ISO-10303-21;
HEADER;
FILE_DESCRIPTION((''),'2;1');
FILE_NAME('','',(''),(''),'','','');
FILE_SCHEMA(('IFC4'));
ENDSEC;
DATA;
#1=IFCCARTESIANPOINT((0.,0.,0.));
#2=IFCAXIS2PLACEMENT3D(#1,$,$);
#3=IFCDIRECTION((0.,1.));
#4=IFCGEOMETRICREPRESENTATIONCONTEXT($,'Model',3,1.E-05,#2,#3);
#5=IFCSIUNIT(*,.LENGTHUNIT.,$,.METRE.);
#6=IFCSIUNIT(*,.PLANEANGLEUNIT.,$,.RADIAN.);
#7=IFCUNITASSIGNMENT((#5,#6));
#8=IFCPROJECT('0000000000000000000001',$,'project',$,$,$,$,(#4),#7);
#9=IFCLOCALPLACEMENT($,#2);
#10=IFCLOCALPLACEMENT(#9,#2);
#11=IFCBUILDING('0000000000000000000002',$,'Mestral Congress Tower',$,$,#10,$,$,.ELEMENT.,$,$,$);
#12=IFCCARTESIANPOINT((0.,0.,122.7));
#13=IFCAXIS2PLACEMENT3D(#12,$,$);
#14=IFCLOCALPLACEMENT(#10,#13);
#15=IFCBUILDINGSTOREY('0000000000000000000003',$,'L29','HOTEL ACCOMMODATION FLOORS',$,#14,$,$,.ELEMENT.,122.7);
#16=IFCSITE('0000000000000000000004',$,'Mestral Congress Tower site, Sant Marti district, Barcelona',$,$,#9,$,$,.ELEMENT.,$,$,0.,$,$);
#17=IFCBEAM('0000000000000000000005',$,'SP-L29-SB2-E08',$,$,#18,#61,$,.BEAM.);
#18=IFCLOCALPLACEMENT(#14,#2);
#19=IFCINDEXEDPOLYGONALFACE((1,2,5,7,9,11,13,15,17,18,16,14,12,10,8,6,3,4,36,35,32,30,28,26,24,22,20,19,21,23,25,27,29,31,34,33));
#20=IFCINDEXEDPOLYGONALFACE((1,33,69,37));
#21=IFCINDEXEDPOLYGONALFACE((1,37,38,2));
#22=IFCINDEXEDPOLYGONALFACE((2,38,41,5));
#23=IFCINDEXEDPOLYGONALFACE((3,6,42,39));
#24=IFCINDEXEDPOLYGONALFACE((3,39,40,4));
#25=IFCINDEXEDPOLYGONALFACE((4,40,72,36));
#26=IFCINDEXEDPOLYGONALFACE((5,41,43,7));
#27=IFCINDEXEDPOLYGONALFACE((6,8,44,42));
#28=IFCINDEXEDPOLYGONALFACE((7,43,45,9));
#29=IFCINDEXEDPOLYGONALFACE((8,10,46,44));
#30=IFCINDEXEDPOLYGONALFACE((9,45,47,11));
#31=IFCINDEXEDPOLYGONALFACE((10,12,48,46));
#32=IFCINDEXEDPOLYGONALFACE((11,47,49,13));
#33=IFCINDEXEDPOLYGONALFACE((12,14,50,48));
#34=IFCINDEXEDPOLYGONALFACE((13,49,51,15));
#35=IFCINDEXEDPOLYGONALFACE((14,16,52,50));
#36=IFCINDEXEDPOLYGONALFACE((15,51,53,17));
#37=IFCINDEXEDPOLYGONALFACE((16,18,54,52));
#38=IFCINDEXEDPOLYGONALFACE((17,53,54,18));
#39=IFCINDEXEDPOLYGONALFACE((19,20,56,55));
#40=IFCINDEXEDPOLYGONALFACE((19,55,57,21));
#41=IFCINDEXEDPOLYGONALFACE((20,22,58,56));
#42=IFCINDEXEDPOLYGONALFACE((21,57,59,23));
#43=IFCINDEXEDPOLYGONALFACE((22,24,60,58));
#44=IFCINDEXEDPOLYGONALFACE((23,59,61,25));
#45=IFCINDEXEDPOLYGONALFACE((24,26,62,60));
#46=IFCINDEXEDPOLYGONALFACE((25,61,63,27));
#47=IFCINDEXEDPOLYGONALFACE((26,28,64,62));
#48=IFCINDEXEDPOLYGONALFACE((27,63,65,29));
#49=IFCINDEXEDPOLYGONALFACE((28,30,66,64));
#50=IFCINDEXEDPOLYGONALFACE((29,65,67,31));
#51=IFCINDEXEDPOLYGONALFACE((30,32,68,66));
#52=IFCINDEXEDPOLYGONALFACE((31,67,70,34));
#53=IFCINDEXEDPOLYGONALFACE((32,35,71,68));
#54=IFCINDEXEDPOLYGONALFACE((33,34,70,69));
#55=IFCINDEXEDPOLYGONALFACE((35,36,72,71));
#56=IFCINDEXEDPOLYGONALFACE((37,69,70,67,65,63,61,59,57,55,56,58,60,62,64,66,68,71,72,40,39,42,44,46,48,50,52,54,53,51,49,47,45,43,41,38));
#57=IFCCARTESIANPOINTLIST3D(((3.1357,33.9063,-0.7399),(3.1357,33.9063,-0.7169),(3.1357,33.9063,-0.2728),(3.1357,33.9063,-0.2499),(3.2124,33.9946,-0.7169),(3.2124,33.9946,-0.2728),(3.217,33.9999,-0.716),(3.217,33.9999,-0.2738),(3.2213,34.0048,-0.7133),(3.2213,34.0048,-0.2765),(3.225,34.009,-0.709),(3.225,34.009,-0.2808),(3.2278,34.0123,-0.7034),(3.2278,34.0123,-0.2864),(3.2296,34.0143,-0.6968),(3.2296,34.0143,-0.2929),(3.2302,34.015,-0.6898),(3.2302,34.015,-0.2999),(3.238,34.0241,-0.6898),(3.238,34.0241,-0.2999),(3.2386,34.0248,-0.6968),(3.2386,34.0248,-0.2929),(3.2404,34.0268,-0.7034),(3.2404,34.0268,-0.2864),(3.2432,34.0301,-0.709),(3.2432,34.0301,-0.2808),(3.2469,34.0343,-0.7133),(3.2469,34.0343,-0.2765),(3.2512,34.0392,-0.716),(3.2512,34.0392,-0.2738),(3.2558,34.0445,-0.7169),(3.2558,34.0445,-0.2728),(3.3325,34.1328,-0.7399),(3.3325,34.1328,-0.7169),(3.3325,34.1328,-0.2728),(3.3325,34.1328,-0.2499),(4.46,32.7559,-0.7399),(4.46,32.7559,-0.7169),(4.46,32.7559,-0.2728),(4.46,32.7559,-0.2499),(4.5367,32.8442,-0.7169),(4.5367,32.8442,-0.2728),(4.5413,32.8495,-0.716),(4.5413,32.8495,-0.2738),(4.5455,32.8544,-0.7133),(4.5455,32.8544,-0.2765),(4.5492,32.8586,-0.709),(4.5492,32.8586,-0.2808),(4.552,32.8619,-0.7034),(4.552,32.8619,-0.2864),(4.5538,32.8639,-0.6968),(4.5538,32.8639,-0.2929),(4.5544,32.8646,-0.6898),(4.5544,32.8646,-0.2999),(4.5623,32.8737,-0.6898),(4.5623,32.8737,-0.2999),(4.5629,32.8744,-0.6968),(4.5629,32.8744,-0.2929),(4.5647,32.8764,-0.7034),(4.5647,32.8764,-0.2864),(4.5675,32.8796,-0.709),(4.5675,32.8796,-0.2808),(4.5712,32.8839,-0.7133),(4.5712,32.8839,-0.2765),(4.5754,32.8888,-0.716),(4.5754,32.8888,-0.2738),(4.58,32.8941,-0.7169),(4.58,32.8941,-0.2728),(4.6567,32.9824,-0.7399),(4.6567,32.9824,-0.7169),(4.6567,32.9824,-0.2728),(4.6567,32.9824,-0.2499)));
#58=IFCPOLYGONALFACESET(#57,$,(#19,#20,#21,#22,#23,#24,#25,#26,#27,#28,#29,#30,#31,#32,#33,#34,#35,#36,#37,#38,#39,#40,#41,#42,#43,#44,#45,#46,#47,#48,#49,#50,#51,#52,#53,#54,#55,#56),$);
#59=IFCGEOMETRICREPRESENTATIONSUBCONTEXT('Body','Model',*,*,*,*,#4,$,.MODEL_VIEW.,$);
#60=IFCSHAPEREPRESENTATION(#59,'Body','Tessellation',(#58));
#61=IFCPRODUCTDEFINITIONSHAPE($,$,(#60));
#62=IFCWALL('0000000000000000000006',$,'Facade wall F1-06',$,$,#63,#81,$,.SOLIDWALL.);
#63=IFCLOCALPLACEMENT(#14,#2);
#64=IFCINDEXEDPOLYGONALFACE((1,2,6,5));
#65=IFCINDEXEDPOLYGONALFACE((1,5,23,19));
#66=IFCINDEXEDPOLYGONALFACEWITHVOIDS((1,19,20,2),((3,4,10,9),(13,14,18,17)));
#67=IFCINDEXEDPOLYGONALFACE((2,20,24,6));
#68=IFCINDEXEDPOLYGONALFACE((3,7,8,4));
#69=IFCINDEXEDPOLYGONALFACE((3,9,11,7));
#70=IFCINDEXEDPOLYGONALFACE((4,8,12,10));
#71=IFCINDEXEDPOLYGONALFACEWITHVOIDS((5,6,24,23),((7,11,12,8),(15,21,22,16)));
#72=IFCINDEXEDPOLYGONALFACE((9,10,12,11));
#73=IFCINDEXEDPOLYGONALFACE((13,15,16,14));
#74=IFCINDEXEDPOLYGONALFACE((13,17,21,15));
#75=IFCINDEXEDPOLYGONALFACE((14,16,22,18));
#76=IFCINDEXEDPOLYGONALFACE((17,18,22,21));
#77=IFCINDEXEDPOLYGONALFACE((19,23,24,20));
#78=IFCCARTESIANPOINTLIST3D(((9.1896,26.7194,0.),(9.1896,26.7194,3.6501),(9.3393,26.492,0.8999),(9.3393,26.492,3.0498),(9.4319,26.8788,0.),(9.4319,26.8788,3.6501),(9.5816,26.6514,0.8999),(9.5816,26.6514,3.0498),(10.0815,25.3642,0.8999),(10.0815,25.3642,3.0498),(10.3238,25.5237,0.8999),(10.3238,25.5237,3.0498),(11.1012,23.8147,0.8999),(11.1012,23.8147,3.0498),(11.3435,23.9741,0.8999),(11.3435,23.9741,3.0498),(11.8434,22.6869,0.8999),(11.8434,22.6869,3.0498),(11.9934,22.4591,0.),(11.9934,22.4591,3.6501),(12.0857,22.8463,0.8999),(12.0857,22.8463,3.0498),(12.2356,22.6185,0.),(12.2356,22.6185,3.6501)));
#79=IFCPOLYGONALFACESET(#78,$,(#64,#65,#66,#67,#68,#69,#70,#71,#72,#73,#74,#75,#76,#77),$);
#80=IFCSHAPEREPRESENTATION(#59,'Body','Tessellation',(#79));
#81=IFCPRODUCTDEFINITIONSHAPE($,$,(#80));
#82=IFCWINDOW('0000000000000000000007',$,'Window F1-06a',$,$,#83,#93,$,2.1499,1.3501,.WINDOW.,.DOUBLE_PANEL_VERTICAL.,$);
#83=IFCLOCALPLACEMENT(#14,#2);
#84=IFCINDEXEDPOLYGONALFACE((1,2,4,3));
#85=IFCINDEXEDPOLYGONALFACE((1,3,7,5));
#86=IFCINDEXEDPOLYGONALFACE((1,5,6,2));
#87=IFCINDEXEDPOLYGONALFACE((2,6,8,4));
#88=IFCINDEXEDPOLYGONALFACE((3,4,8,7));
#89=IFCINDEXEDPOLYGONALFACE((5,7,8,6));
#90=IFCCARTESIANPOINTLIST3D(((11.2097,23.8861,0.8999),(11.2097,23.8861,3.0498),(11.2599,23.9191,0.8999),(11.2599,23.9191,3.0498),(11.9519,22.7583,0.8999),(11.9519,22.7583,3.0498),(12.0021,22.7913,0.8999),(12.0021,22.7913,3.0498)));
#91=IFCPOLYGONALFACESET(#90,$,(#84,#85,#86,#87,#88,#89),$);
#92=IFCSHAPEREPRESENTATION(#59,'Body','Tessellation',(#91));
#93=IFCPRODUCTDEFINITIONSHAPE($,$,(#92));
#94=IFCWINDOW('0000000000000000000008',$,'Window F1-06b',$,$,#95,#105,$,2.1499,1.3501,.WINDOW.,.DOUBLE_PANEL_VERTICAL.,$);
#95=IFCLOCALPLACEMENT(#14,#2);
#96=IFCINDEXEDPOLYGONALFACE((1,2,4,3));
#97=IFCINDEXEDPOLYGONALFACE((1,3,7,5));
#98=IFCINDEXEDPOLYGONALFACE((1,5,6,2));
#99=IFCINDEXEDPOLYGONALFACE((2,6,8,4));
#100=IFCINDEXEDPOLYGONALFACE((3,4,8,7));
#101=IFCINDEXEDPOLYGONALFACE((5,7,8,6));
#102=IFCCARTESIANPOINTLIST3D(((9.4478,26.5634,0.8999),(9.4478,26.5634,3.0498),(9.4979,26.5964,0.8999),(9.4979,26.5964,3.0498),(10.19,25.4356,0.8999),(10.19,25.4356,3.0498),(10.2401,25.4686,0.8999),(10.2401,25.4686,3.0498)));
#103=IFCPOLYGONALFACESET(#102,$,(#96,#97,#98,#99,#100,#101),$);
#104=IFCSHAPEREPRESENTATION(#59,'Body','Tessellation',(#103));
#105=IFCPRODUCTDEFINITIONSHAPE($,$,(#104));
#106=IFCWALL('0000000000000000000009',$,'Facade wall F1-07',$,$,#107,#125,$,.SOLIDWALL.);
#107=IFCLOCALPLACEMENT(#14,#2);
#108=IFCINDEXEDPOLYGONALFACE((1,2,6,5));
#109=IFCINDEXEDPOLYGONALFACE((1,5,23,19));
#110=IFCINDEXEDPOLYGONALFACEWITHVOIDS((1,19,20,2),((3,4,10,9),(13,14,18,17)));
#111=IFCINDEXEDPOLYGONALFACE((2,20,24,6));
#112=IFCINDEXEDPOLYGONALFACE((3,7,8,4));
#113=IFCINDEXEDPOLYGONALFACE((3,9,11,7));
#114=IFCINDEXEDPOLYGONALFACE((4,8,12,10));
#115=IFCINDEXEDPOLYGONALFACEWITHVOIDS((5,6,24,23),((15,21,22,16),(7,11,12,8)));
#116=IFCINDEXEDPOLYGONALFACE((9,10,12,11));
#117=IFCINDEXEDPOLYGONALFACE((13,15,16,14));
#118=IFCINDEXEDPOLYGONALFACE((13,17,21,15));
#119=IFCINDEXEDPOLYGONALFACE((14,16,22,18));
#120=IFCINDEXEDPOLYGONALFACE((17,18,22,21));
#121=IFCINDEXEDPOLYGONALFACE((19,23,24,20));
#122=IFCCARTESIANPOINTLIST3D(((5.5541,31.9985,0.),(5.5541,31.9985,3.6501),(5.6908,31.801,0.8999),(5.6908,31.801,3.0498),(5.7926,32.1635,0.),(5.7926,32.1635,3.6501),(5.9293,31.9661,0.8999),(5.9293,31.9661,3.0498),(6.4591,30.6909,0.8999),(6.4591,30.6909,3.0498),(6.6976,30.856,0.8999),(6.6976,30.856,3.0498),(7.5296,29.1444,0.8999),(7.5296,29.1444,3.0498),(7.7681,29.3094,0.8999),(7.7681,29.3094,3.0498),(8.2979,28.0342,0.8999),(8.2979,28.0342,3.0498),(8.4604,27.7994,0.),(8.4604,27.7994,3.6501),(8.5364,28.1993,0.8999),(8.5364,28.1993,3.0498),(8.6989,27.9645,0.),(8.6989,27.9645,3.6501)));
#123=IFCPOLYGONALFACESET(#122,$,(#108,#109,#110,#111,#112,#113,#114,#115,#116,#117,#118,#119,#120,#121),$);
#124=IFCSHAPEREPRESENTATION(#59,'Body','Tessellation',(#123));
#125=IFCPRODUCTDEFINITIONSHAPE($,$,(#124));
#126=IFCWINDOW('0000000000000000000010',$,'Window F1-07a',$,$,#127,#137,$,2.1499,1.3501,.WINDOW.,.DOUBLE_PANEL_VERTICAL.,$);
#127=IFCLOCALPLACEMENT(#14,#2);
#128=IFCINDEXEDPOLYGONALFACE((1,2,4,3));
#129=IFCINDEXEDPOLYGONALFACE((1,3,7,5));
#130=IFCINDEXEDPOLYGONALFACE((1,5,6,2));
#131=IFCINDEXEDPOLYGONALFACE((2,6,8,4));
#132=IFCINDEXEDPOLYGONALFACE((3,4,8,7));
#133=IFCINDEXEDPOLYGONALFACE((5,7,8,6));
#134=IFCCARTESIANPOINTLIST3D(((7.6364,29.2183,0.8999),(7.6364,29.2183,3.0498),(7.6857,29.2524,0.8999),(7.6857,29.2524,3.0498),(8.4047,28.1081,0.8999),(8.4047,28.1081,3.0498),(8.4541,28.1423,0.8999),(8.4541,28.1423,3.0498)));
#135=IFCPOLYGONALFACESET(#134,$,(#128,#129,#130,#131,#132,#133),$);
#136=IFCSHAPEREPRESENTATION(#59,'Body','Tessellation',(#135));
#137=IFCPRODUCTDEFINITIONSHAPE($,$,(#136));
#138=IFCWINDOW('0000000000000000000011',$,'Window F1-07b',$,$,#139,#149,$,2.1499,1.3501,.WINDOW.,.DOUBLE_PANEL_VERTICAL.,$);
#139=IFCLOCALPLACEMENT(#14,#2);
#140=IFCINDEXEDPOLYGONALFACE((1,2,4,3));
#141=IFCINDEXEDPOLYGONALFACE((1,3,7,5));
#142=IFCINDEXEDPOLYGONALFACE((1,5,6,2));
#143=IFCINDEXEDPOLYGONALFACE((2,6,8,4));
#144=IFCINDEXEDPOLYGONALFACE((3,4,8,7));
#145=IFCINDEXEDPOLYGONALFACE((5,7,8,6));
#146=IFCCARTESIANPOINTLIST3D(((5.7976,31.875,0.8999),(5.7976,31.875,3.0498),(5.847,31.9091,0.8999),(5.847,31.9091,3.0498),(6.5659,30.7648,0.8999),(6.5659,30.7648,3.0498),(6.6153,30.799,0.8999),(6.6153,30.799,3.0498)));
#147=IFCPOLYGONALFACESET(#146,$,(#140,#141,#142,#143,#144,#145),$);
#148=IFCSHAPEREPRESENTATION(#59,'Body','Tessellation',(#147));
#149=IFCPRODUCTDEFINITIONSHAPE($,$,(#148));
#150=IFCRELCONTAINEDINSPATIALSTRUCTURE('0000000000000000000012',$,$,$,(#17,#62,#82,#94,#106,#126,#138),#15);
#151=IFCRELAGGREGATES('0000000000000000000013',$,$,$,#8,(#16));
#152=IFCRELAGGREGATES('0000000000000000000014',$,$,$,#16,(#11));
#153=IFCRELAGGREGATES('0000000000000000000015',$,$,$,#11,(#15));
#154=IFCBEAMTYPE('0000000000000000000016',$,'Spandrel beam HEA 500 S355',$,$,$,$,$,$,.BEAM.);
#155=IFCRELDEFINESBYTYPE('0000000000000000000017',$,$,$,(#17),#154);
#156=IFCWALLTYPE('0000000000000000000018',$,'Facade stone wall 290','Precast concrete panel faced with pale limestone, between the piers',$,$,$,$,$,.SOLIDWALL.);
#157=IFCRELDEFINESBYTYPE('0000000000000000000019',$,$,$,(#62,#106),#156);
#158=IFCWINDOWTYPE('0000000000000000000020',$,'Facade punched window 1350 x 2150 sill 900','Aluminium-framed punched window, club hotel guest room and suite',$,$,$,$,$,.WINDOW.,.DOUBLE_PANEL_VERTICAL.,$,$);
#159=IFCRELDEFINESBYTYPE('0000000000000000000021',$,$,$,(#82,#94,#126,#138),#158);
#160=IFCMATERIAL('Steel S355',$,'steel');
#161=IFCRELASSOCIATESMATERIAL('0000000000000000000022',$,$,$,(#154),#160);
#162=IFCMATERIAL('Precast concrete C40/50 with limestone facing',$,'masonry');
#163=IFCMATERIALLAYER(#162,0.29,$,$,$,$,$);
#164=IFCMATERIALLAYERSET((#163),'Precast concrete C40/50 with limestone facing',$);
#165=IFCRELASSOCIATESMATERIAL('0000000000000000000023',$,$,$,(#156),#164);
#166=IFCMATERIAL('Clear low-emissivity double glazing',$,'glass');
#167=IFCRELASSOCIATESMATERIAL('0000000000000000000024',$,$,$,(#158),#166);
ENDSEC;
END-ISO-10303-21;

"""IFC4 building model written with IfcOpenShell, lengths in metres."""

from ifc_helpers import new_model, si_unit, direction, frame, frame_2d, origin, origin_2d, place, context, subcontext, project, spatial, rectangle, i_section, extrude, material, layer, layer_set, material_profile, profile_set, type_object, element, fill, save


model = new_model("IFC4")

# Units and contexts
model_context = context("Model", 3, precision=1e-05, world=origin(), true_north=direction((0.0, 1.0)))
body_context = subcontext(model_context, "Body", "Model", "MODEL_VIEW")
ifc_project = project(units=[si_unit("LENGTHUNIT", "METRE"), si_unit("PLANEANGLEUNIT", "RADIAN")], contexts=[model_context])

# Site, building, storey
site_placement = place(None, origin())
site = spatial("IfcSite", under=ifc_project, at=site_placement, Name="Mestral Congress Tower site, Sant Marti district, Barcelona", CompositionType="ELEMENT", RefElevation=0.0)
building_placement = place(site_placement, origin())
building = spatial("IfcBuilding", under=site, at=building_placement, Name="Mestral Congress Tower", CompositionType="ELEMENT")
storey_placement = place(building_placement, frame((0.0, 0.0, 122.7)))
storey = spatial("IfcBuildingStorey", under=building, at=storey_placement, Name="L29", Description="HOTEL ACCOMMODATION FLOORS", CompositionType="ELEMENT", Elevation=122.7)

# Beam
ifc_material_1 = material(Name="Steel S355", Category="steel")
ifc_material_profile_1 = material_profile(ifc_material_1, i_section(OverallWidth=0.3, OverallDepth=0.49, WebThickness=0.012, FlangeThickness=0.0229, FilletRadius=0.0271, at=origin_2d()), Name="HEA 500")
ifc_profile_set_1 = profile_set([ifc_material_profile_1], Name="Steel S355")
beam_type_1 = type_object("IfcBeamType", Name="Spandrel beam HEA 500 S355", PredefinedType="BEAM", material=ifc_profile_set_1)
beam_1_placement = place(storey_placement, frame((4.5583, 32.8691, -0.4949), z_axis=(-0.754917, 0.65582, 0.0), x_axis=(-0.65582, -0.754917, 0.0)))
element("IfcBeam", 1, at=beam_1_placement, inside=storey, type_object=beam_type_1, Name="SP-L29-SB2-E08", PredefinedType="BEAM", context=body_context, shape_type="SweptSolid", body=[
    extrude(i_section(OverallWidth=0.3, OverallDepth=0.49, WebThickness=0.012, FlangeThickness=0.0229, FilletRadius=0.0271, at=origin_2d()), origin(), (0.0, 0.0, 1.0), 1.7542),
])

# Walls, openings, windows
ifc_material_2 = material(Name="Precast concrete C40/50 with limestone facing", Category="masonry")
ifc_layer_1 = layer(ifc_material_2, 0.29)
ifc_layer_set_1 = layer_set([ifc_layer_1], Name="Precast concrete C40/50 with limestone facing")
wall_type_1 = type_object("IfcWallType", Name="Facade stone wall 290", Description="Precast concrete panel faced with pale limestone, between the piers", PredefinedType="SOLIDWALL", material=ifc_layer_set_1)
wall_1_placement = place(storey_placement, frame((12.1145, 22.5388, 0.0), z_axis=(0.0, 0.0, 1.0), x_axis=(-0.549741, 0.835335, 0.0)))
wall_1 = element("IfcWall", 2, at=wall_1_placement, inside=storey, type_object=wall_type_1, Name="Facade wall F1-06", PredefinedType="SOLIDWALL", context=body_context, shape_type="SweptSolid", body=[
    extrude(rectangle(XDim=5.1001, YDim=0.29, at=frame_2d((2.55, 0.0))), origin(), (0.0, 0.0, 1.0), 3.6501),
])
opening_1_placement = place(wall_1_placement, frame((0.2727, 0.0, 0.8999)))
opening_1 = element("IfcOpeningElement", 3, at=opening_1_placement, cuts=wall_1, PredefinedType="OPENING", context=body_context, shape_type="SweptSolid", body=[
    extrude(rectangle(XDim=1.3501, YDim=2.1499, at=frame_2d((0.675, 1.075))), frame((0.0, 0.155, 0.0), z_axis=(0.0, -1.0, 0.0), x_axis=(1.0, 0.0, 0.0)), (0.0, 0.0, 1.0), 0.3101),
])
opening_2_placement = place(wall_1_placement, frame((3.4778, 0.0, 0.8999)))
opening_2 = element("IfcOpeningElement", 4, at=opening_2_placement, cuts=wall_1, PredefinedType="OPENING", context=body_context, shape_type="SweptSolid", body=[
    extrude(rectangle(XDim=1.3501, YDim=2.1499, at=frame_2d((0.675, 1.075))), frame((0.0, 0.155, 0.0), z_axis=(0.0, -1.0, 0.0), x_axis=(1.0, 0.0, 0.0)), (0.0, 0.0, 1.0), 0.3101),
])
ifc_material_3 = material(Name="Clear low-emissivity double glazing", Category="glass")
window_type_1 = type_object("IfcWindowType", Name="Facade punched window 1350 x 2150 sill 900", Description="Aluminium-framed punched window, club hotel guest room and suite", PartitioningType="DOUBLE_PANEL_VERTICAL", PredefinedType="WINDOW", material=ifc_material_3)
window_1_placement = place(opening_1_placement, origin())
window_1 = element("IfcWindow", 5, at=window_1_placement, inside=storey, type_object=window_type_1, Name="Window F1-06a", OverallHeight=2.1499, OverallWidth=1.3501, PartitioningType="DOUBLE_PANEL_VERTICAL", PredefinedType="WINDOW", context=body_context, shape_type="SweptSolid", body=[
    extrude(rectangle(XDim=1.3501, YDim=2.1499, at=frame_2d((0.675, 1.075))), frame((0.0, 0.0151, 0.0), z_axis=(0.0, -1.0, 0.0), x_axis=(1.0, 0.0, 0.0)), (0.0, 0.0, 1.0), 0.0601),
])
fill(opening_1, window_1)
window_2_placement = place(opening_2_placement, origin())
window_2 = element("IfcWindow", 6, at=window_2_placement, inside=storey, type_object=window_type_1, Name="Window F1-06b", OverallHeight=2.1499, OverallWidth=1.3501, PartitioningType="DOUBLE_PANEL_VERTICAL", PredefinedType="WINDOW", context=body_context, shape_type="SweptSolid", body=[
    extrude(rectangle(XDim=1.3501, YDim=2.1499, at=frame_2d((0.675, 1.075))), frame((0.0, 0.0151, 0.0), z_axis=(0.0, -1.0, 0.0), x_axis=(1.0, 0.0, 0.0)), (0.0, 0.0, 1.0), 0.0601),
])
fill(opening_2, window_2)
wall_2_placement = place(storey_placement, frame((8.5796, 27.8821, 0.0), z_axis=(0.0, 0.0, 1.0), x_axis=(-0.569113, 0.822259, 0.0)))
wall_2 = element("IfcWall", 7, at=wall_2_placement, inside=storey, type_object=wall_type_1, Name="Facade wall F1-07", PredefinedType="SOLIDWALL", context=body_context, shape_type="SweptSolid", body=[
    extrude(rectangle(XDim=5.1067, YDim=0.29, at=frame_2d((2.5532, 0.0))), origin(), (0.0, 0.0, 1.0), 3.6501),
])
opening_3_placement = place(wall_2_placement, frame((0.2854, 0.0, 0.8999)))
opening_3 = element("IfcOpeningElement", 8, at=opening_3_placement, cuts=wall_2, PredefinedType="OPENING", context=body_context, shape_type="SweptSolid", body=[
    extrude(rectangle(XDim=1.3501, YDim=2.1499, at=frame_2d((0.675, 1.075))), frame((0.0, 0.155, 0.0), z_axis=(0.0, -1.0, 0.0), x_axis=(1.0, 0.0, 0.0)), (0.0, 0.0, 1.0), 0.3101),
])
opening_4_placement = place(wall_2_placement, frame((3.5164, 0.0, 0.8999)))
opening_4 = element("IfcOpeningElement", 9, at=opening_4_placement, cuts=wall_2, PredefinedType="OPENING", context=body_context, shape_type="SweptSolid", body=[
    extrude(rectangle(XDim=1.3501, YDim=2.1499, at=frame_2d((0.675, 1.075))), frame((0.0, 0.155, 0.0), z_axis=(0.0, -1.0, 0.0), x_axis=(1.0, 0.0, 0.0)), (0.0, 0.0, 1.0), 0.3101),
])
window_3_placement = place(opening_3_placement, origin())
window_3 = element("IfcWindow", 10, at=window_3_placement, inside=storey, type_object=window_type_1, Name="Window F1-07a", OverallHeight=2.1499, OverallWidth=1.3501, PartitioningType="DOUBLE_PANEL_VERTICAL", PredefinedType="WINDOW", context=body_context, shape_type="SweptSolid", body=[
    extrude(rectangle(XDim=1.3501, YDim=2.1499, at=frame_2d((0.675, 1.075))), frame((0.0, 0.0151, 0.0), z_axis=(0.0, -1.0, 0.0), x_axis=(1.0, 0.0, 0.0)), (0.0, 0.0, 1.0), 0.0601),
])
fill(opening_3, window_3)
window_4_placement = place(opening_4_placement, origin())
window_4 = element("IfcWindow", 11, at=window_4_placement, inside=storey, type_object=window_type_1, Name="Window F1-07b", OverallHeight=2.1499, OverallWidth=1.3501, PartitioningType="DOUBLE_PANEL_VERTICAL", PredefinedType="WINDOW", context=body_context, shape_type="SweptSolid", body=[
    extrude(rectangle(XDim=1.3501, YDim=2.1499, at=frame_2d((0.675, 1.075))), frame((0.0, 0.0151, 0.0), z_axis=(0.0, -1.0, 0.0), x_axis=(1.0, 0.0, 0.0)), (0.0, 0.0, 1.0), 0.0601),
])
fill(opening_4, window_4)

save(model, "model.ifc")
